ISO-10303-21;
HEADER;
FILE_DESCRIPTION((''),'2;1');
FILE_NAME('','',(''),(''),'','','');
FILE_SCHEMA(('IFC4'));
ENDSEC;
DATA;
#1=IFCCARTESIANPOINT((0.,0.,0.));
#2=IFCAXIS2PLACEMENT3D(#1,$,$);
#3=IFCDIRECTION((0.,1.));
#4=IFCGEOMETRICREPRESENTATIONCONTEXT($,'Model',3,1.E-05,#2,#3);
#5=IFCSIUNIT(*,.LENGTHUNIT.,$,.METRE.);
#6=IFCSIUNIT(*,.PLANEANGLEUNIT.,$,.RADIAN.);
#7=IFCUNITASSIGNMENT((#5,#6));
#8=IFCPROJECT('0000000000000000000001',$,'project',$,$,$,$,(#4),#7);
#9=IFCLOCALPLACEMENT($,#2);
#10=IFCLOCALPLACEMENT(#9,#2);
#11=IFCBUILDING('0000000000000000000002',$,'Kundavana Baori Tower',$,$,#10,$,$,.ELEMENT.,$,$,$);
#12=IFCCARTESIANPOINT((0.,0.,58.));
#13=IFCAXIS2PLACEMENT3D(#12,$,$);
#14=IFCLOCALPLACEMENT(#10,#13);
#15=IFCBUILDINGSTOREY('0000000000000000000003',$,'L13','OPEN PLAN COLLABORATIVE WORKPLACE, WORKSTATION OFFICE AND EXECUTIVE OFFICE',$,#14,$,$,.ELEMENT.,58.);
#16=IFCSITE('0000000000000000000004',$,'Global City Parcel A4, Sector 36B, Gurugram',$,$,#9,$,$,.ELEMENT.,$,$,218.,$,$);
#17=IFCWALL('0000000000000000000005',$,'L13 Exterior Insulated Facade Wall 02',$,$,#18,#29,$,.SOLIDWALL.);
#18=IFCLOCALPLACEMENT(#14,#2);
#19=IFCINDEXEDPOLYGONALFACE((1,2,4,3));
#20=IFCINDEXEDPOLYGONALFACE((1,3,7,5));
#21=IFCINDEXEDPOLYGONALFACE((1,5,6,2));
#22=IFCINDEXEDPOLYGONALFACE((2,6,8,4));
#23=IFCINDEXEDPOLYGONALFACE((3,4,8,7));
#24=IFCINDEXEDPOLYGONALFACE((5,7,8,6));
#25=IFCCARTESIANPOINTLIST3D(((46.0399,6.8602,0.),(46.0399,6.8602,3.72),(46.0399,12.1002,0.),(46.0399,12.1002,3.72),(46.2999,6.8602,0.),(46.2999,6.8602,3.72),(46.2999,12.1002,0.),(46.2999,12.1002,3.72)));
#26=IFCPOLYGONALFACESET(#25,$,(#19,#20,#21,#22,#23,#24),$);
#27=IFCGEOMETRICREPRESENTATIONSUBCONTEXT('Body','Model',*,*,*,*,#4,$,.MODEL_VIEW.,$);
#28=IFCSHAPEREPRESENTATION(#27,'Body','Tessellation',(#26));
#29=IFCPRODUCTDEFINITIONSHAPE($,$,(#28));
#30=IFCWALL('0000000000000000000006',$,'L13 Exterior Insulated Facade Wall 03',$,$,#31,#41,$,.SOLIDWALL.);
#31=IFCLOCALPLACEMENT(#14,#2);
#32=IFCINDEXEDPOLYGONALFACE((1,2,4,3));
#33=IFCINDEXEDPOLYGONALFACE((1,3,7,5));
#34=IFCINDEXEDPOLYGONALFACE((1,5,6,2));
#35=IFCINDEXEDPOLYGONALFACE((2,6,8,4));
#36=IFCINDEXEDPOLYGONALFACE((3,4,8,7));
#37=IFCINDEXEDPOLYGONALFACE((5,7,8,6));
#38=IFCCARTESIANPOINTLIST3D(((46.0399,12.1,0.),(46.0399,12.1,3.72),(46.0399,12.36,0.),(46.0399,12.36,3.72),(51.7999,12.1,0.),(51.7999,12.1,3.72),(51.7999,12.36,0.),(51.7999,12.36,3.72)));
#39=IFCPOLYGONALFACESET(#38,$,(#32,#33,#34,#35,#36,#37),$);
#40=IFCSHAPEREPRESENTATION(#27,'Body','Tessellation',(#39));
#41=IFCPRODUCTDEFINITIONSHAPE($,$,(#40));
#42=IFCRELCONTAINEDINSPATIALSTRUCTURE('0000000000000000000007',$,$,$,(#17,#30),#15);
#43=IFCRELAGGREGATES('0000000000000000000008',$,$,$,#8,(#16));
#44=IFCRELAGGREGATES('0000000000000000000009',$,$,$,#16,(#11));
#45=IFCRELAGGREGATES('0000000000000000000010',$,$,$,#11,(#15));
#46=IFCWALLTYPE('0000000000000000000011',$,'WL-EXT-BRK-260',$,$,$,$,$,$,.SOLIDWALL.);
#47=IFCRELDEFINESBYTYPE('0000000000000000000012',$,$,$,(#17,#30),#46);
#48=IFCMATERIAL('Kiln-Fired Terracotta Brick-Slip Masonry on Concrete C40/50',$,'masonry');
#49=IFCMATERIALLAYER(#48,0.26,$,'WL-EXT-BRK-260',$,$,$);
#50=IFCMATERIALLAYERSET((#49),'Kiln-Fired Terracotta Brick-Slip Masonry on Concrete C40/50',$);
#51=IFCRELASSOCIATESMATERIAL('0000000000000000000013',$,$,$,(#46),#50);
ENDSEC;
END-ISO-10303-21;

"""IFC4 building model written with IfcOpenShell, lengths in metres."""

from ifc_helpers import new_model, si_unit, direction, frame, frame_2d, origin, place, context, subcontext, project, spatial, rectangle, extrude, material, layer, layer_set, type_object, element, save


model = new_model("IFC4")

# Units and contexts
model_context = context("Model", 3, precision=1e-05, world=origin(), true_north=direction((0.0, 1.0)))
body_context = subcontext(model_context, "Body", "Model", "MODEL_VIEW")
ifc_project = project(units=[si_unit("LENGTHUNIT", "METRE"), si_unit("PLANEANGLEUNIT", "RADIAN")], contexts=[model_context])

# Site, building, storey
site_placement = place(None, origin())
site = spatial("IfcSite", under=ifc_project, at=site_placement, Name="Global City Parcel A4, Sector 36B, Gurugram", CompositionType="ELEMENT", RefElevation=218.0)
building_placement = place(site_placement, origin())
building = spatial("IfcBuilding", under=site, at=building_placement, Name="Kundavana Baori Tower", CompositionType="ELEMENT")
storey_placement = place(building_placement, frame((0.0, 0.0, 58.0)))
storey = spatial("IfcBuildingStorey", under=building, at=storey_placement, Name="L13", Description="OPEN PLAN COLLABORATIVE WORKPLACE, WORKSTATION OFFICE AND EXECUTIVE OFFICE", CompositionType="ELEMENT", Elevation=58.0)

# Walls
ifc_material_1 = material(Name="Kiln-Fired Terracotta Brick-Slip Masonry on Concrete C40/50", Category="masonry")
ifc_layer_1 = layer(ifc_material_1, 0.26, Name="WL-EXT-BRK-260")
ifc_layer_set_1 = layer_set([ifc_layer_1], Name="Kiln-Fired Terracotta Brick-Slip Masonry on Concrete C40/50")
wall_type_1 = type_object("IfcWallType", Name="WL-EXT-BRK-260", PredefinedType="SOLIDWALL", material=ifc_layer_set_1)
wall_1_placement = place(storey_placement, frame((46.1699, 6.8601, 0.0), z_axis=(0.0, 0.0, 1.0), x_axis=(0.0, 1.0, 0.0)))
element("IfcWall", 1, at=wall_1_placement, inside=storey, type_object=wall_type_1, Name="L13 Exterior Insulated Facade Wall 02", PredefinedType="SOLIDWALL", context=body_context, shape_type="SweptSolid", body=[
    extrude(rectangle(XDim=5.24, YDim=0.26, at=frame_2d((2.6201, 0.0))), origin(), (0.0, 0.0, 1.0), 3.72),
])
wall_2_placement = place(storey_placement, frame((46.04, 12.23, 0.0), z_axis=(0.0, 0.0, 1.0), x_axis=(1.0, 0.0, 0.0)))
element("IfcWall", 2, at=wall_2_placement, inside=storey, type_object=wall_type_1, Name="L13 Exterior Insulated Facade Wall 03", PredefinedType="SOLIDWALL", context=body_context, shape_type="SweptSolid", body=[
    extrude(rectangle(XDim=5.76, YDim=0.26, at=frame_2d((2.8799, 0.0))), origin(), (0.0, 0.0, 1.0), 3.72),
])

save(model, "model.ifc")
